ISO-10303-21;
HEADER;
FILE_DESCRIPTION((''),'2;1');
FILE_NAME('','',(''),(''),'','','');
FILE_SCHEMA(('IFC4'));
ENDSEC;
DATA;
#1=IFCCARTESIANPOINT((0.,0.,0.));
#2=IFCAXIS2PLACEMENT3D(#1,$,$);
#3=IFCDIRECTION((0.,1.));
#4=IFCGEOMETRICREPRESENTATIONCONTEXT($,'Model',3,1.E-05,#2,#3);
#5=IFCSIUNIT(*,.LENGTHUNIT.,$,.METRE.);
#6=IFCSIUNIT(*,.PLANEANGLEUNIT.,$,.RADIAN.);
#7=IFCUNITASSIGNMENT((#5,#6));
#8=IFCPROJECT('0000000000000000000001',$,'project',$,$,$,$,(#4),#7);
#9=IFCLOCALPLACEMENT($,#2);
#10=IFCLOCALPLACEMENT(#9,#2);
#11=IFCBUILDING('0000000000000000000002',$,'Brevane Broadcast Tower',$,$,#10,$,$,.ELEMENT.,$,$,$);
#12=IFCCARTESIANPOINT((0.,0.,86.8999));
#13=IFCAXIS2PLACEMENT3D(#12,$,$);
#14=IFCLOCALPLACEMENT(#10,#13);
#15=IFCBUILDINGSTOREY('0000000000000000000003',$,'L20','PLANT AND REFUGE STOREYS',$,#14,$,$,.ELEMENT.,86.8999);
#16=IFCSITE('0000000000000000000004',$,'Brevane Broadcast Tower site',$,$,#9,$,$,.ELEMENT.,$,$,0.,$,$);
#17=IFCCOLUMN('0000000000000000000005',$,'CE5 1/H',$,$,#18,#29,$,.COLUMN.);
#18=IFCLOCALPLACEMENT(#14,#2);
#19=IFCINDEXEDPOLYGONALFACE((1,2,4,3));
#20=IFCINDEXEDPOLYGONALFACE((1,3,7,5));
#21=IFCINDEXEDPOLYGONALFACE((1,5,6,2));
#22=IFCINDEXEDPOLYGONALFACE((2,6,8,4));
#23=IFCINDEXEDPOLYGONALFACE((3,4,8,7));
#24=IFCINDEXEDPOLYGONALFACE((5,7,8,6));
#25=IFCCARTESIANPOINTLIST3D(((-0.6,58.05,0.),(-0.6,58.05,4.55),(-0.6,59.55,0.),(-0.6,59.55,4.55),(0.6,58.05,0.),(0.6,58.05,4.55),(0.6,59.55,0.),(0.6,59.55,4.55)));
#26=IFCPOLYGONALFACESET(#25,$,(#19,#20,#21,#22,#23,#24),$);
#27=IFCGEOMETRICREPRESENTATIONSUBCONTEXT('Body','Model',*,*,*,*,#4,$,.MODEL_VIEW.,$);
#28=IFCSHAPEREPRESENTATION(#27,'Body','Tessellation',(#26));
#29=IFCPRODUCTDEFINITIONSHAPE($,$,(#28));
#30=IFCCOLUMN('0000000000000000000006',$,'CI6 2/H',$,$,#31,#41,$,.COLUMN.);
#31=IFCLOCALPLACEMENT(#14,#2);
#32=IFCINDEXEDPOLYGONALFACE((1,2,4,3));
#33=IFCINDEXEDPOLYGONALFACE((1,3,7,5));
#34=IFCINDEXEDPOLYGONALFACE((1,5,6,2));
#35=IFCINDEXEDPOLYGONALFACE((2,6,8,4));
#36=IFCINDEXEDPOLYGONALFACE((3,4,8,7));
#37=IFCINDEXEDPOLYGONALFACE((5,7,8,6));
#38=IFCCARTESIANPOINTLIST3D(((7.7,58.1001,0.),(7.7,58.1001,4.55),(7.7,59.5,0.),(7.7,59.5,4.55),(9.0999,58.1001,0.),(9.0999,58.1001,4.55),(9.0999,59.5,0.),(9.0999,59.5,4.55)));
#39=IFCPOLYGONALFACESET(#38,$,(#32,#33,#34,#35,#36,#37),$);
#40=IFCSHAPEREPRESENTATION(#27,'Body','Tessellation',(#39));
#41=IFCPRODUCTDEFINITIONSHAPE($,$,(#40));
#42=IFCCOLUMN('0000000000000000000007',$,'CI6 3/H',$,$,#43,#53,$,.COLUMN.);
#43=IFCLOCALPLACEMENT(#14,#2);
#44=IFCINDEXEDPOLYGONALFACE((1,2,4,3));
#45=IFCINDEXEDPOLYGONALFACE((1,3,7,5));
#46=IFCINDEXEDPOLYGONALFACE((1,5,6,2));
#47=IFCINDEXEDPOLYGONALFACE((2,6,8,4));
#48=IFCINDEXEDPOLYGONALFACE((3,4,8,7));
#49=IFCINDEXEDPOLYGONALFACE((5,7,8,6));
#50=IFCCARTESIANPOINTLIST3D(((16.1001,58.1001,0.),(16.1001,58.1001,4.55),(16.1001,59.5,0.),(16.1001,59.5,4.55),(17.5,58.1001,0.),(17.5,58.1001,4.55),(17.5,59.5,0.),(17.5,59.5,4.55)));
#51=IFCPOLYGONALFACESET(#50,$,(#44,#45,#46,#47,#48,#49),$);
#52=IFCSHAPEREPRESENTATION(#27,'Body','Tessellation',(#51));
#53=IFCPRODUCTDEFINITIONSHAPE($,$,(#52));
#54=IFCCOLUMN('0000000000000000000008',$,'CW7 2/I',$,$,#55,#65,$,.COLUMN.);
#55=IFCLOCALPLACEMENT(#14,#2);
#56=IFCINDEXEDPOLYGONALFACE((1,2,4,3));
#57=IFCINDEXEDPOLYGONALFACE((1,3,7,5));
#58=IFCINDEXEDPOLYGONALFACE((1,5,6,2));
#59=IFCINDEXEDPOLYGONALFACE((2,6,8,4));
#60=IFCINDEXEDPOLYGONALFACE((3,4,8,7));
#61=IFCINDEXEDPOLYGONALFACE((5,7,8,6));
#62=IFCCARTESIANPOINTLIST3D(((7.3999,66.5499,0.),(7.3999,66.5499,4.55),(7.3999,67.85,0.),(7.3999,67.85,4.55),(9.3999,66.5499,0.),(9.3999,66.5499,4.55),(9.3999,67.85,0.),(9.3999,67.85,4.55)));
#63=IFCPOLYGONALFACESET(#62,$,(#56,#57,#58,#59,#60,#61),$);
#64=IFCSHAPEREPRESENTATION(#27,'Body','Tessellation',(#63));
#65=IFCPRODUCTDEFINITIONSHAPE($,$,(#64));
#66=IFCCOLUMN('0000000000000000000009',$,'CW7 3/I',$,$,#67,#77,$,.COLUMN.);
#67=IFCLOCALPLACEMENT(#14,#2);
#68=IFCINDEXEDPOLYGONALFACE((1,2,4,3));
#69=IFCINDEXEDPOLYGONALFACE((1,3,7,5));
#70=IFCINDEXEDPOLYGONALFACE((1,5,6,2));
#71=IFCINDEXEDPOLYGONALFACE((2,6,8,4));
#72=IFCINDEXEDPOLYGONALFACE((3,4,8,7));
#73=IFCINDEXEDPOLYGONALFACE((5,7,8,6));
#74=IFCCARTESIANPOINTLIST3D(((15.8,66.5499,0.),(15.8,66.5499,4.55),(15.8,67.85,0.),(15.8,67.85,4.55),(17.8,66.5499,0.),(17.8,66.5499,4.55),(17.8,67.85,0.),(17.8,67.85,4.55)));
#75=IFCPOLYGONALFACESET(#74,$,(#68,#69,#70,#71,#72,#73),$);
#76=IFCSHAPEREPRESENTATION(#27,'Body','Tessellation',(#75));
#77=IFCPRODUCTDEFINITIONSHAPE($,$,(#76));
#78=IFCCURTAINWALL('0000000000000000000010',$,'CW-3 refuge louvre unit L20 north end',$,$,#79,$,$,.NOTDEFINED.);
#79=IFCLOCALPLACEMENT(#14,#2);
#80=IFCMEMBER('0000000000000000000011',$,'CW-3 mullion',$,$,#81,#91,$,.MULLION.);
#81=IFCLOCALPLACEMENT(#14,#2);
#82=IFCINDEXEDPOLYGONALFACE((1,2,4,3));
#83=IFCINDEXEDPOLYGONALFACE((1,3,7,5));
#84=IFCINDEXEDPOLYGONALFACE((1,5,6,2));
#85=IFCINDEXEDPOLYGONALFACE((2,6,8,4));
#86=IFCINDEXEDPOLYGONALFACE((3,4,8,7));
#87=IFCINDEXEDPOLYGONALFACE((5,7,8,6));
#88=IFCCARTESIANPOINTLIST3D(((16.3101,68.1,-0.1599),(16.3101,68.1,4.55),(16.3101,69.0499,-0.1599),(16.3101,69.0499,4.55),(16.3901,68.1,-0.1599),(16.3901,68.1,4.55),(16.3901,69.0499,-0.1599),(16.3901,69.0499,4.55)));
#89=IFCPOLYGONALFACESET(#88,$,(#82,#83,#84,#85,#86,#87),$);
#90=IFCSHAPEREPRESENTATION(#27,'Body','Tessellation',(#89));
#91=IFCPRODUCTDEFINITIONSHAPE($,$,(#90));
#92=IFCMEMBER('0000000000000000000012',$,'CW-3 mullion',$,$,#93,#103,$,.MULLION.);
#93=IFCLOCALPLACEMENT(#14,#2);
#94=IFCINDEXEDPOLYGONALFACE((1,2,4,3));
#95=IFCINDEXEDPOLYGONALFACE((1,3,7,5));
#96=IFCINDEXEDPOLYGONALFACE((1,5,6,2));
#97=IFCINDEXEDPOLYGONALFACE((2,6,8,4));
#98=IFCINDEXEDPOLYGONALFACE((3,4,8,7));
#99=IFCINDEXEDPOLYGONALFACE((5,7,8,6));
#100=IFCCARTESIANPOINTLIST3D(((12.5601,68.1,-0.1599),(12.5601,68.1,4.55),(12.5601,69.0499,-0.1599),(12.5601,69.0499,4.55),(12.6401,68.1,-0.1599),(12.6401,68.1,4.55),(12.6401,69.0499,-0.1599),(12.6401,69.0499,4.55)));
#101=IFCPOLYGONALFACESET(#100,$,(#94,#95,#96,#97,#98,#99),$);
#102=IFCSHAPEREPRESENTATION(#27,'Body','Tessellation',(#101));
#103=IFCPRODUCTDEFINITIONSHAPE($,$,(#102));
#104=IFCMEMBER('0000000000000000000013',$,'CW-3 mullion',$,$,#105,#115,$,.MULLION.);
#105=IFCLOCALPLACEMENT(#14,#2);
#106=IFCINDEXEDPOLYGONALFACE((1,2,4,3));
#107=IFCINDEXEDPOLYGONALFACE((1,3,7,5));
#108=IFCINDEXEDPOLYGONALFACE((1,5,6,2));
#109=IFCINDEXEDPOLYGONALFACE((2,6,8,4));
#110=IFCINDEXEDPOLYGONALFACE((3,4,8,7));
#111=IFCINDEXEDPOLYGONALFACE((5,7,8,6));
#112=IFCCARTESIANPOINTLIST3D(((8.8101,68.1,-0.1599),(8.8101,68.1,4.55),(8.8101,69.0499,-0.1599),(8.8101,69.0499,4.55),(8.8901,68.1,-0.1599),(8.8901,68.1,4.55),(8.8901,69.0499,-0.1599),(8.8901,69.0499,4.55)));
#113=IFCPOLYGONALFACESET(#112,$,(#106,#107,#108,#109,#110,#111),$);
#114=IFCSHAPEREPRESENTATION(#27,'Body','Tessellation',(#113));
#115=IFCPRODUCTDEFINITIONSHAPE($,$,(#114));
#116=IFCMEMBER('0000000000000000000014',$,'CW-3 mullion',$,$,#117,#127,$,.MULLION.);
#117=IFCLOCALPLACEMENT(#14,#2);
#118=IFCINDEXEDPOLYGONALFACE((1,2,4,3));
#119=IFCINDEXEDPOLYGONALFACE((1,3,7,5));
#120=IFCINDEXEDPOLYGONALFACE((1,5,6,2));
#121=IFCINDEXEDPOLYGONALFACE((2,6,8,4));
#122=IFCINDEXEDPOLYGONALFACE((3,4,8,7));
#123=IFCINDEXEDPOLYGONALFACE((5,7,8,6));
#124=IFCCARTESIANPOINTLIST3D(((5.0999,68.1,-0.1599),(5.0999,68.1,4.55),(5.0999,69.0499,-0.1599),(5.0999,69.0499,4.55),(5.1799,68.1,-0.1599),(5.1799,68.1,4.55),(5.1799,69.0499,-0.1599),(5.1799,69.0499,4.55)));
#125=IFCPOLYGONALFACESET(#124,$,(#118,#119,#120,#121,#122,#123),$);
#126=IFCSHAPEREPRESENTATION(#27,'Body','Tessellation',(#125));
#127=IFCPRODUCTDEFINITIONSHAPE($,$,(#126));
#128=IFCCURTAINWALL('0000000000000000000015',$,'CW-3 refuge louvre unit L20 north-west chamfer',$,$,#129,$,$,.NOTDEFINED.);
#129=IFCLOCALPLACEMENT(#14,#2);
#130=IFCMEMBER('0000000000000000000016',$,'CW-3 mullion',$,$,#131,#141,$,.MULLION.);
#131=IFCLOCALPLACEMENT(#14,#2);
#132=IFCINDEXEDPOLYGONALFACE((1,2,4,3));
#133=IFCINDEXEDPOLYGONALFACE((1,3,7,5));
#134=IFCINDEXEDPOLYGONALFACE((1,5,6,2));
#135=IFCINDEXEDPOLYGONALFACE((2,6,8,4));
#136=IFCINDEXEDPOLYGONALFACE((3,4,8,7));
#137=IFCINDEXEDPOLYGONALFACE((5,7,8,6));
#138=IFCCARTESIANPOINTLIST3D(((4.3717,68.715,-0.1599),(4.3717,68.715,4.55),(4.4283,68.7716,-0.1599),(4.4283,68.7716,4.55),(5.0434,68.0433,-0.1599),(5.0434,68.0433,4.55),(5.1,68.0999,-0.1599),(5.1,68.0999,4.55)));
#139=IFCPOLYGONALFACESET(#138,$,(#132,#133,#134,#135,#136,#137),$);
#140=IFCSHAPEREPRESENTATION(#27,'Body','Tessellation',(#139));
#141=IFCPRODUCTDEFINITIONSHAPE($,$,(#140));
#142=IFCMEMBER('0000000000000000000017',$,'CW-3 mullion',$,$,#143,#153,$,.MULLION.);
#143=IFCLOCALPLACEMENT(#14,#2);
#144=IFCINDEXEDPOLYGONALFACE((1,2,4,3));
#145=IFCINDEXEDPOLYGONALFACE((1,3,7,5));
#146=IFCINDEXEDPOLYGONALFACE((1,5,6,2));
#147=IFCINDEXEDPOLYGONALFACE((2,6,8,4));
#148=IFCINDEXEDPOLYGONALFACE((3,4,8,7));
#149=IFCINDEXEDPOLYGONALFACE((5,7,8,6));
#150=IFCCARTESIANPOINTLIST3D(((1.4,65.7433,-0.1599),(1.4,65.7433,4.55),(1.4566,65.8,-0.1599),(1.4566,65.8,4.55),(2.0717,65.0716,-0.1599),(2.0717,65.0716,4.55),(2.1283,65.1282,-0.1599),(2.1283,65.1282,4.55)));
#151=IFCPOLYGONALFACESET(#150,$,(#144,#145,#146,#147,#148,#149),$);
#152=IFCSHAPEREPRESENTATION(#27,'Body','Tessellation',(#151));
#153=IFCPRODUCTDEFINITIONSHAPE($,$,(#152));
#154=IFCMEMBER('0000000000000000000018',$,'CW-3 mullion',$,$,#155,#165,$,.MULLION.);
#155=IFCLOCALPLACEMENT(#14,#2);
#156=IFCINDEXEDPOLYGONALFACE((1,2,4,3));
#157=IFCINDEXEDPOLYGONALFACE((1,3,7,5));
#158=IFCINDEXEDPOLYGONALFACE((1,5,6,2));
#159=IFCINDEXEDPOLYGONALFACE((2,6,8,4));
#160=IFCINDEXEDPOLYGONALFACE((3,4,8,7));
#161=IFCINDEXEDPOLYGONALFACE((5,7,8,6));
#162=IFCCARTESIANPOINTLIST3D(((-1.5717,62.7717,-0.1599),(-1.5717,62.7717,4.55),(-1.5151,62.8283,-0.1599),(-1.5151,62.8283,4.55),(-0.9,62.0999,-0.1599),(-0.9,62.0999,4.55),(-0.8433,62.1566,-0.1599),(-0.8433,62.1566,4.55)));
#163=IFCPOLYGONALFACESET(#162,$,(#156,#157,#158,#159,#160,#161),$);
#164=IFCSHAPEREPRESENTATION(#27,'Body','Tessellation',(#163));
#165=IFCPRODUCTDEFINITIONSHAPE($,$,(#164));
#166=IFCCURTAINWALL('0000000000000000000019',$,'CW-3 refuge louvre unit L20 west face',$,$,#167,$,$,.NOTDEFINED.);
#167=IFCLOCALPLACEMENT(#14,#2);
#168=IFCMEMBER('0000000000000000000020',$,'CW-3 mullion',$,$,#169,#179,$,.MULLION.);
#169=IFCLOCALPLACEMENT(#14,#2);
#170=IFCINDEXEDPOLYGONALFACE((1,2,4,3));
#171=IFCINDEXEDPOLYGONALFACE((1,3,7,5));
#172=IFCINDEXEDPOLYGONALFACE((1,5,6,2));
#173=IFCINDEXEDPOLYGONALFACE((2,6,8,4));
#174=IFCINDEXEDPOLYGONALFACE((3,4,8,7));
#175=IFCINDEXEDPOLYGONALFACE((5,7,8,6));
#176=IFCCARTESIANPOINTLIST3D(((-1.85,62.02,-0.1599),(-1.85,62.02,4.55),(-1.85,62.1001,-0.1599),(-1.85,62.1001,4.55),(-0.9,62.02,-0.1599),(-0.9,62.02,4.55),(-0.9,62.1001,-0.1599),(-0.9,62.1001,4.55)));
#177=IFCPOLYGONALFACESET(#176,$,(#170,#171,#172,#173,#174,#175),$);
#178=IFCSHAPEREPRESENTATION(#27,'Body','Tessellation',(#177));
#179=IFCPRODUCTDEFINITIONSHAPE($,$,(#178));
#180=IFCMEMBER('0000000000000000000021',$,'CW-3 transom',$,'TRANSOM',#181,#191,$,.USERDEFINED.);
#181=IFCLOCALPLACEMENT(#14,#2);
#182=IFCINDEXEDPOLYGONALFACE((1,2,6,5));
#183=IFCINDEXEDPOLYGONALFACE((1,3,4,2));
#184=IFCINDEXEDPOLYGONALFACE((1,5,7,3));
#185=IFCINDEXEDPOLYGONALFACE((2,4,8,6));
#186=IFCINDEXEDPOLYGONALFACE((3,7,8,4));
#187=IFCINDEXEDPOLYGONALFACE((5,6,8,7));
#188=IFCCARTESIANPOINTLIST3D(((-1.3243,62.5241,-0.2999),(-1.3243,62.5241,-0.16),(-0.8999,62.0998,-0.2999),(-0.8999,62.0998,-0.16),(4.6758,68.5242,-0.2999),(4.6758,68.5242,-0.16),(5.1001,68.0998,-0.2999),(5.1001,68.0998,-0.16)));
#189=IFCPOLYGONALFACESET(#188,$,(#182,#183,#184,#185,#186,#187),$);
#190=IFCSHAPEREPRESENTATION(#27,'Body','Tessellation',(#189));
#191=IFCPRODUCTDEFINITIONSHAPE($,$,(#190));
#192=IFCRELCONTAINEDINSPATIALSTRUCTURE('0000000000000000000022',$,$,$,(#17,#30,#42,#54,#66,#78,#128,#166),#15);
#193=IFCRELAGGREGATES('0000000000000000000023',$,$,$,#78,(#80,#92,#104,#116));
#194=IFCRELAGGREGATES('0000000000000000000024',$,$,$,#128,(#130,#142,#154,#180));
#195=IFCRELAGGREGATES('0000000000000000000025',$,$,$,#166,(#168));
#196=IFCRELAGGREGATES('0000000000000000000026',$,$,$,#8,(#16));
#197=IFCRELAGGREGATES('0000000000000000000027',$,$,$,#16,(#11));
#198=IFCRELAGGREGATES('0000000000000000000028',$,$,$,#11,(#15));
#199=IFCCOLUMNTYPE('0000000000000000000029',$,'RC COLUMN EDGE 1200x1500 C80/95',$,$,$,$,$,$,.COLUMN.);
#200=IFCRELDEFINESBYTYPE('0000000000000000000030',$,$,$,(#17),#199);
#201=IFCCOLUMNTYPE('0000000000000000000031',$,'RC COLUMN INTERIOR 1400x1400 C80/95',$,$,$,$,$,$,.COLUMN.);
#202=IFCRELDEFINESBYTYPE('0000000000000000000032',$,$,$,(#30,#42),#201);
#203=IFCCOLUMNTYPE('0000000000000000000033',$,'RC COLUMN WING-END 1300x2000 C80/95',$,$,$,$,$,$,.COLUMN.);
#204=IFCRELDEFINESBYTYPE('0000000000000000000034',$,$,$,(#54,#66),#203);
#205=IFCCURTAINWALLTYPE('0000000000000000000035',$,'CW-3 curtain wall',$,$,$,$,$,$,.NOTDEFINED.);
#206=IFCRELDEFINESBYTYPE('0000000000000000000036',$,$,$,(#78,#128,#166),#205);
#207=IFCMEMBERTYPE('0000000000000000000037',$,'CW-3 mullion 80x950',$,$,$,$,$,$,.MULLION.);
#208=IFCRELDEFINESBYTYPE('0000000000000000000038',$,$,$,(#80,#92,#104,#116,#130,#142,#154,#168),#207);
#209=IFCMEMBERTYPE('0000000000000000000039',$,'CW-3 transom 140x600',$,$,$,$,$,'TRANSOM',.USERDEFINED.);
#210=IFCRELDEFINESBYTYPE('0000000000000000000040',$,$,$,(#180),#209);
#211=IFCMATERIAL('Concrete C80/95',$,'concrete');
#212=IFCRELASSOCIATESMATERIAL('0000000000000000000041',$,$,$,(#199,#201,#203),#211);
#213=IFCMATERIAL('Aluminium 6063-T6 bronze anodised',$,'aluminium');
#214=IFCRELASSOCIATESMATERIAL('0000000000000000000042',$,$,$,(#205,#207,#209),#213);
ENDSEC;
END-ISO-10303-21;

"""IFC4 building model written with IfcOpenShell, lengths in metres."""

from ifc_helpers import new_model, si_unit, direction, frame, origin, origin_2d, place, context, subcontext, project, spatial, rectangle, extrude, material, material_profile, profile_set, type_object, element, aggregate, save


model = new_model("IFC4")

# Units and contexts
model_context = context("Model", 3, precision=1e-05, world=origin(), true_north=direction((0.0, 1.0)))
body_context = subcontext(model_context, "Body", "Model", "MODEL_VIEW")
ifc_project = project(units=[si_unit("LENGTHUNIT", "METRE"), si_unit("PLANEANGLEUNIT", "RADIAN")], contexts=[model_context])

# Site, building, storey
site_placement = place(None, origin())
site = spatial("IfcSite", under=ifc_project, at=site_placement, Name="Brevane Broadcast Tower site", CompositionType="ELEMENT", RefElevation=0.0)
building_placement = place(site_placement, origin())
building = spatial("IfcBuilding", under=site, at=building_placement, Name="Brevane Broadcast Tower", CompositionType="ELEMENT")
storey_placement = place(building_placement, frame((0.0, 0.0, 86.8999)))
storey = spatial("IfcBuildingStorey", under=building, at=storey_placement, Name="L20", Description="PLANT AND REFUGE STOREYS", CompositionType="ELEMENT", Elevation=86.8999)

# Columns
ifc_material_1 = material(Name="Concrete C80/95", Category="concrete")
ifc_material_profile_1 = material_profile(ifc_material_1, rectangle(XDim=1.2, YDim=1.5, at=origin_2d()), Name="RC 1200x1500")
ifc_profile_set_1 = profile_set([ifc_material_profile_1], Name="Concrete C80/95")
column_type_1 = type_object("IfcColumnType", Name="RC COLUMN EDGE 1200x1500 C80/95", PredefinedType="COLUMN", material=ifc_profile_set_1)
column_placement = place(storey_placement, frame((0.0, 58.8, 0.0), z_axis=(0.0, 0.0, 1.0), x_axis=(1.0, 0.0, 0.0)))
element("IfcColumn", 1, at=column_placement, inside=storey, type_object=column_type_1, Name="CE5 1/H", PredefinedType="COLUMN", context=body_context, shape_type="SweptSolid", body=[
    extrude(rectangle(XDim=1.2, YDim=1.5, at=origin_2d()), origin(), (0.0, 0.0, 1.0), 4.55),
])
ifc_material_profile_2 = material_profile(ifc_material_1, rectangle(XDim=1.3999, YDim=1.3999, at=origin_2d()), Name="RC 1400x1400")
ifc_profile_set_2 = profile_set([ifc_material_profile_2], Name="Concrete C80/95")
column_type_2 = type_object("IfcColumnType", Name="RC COLUMN INTERIOR 1400x1400 C80/95", PredefinedType="COLUMN", material=ifc_profile_set_2)
for number, where, z_axis, x_axis, name in (
    (2, (8.3999, 58.8, 0.0), (0.0, 0.0, 1.0), (1.0, 0.0, 0.0), "CI6 2/H"),
    (3, (16.8, 58.8, 0.0), (0.0, 0.0, 1.0), (1.0, 0.0, 0.0), "CI6 3/H"),
):
    element("IfcColumn", number, at=place(storey_placement, frame(where, z_axis=z_axis, x_axis=x_axis)), inside=storey, type_object=column_type_2, Name=name, PredefinedType="COLUMN", context=body_context, shape_type="SweptSolid", body=[
        extrude(rectangle(XDim=1.3999, YDim=1.3999, at=origin_2d()), origin(), (0.0, 0.0, 1.0), 4.55),
    ])
ifc_material_profile_3 = material_profile(ifc_material_1, rectangle(XDim=1.3, YDim=2.0, at=origin_2d()), Name="RC 1300x2000")
ifc_profile_set_3 = profile_set([ifc_material_profile_3], Name="Concrete C80/95")
column_type_3 = type_object("IfcColumnType", Name="RC COLUMN WING-END 1300x2000 C80/95", PredefinedType="COLUMN", material=ifc_profile_set_3)
for number, where, z_axis, x_axis, name in (
    (4, (8.3999, 67.2, 0.0), (0.0, 0.0, 1.0), (0.0, 1.0, 0.0), "CW7 2/I"),
    (5, (16.8, 67.2, 0.0), (0.0, 0.0, 1.0), (0.0, 1.0, 0.0), "CW7 3/I"),
):
    element("IfcColumn", number, at=place(storey_placement, frame(where, z_axis=z_axis, x_axis=x_axis)), inside=storey, type_object=column_type_3, Name=name, PredefinedType="COLUMN", context=body_context, shape_type="SweptSolid", body=[
        extrude(rectangle(XDim=1.3, YDim=2.0, at=origin_2d()), origin(), (0.0, 0.0, 1.0), 4.55),
    ])

# Curtain walls, members
ifc_material_2 = material(Name="Aluminium 6063-T6 bronze anodised", Category="aluminium")
curtain_wall_type = type_object("IfcCurtainWallType", Name="CW-3 curtain wall", PredefinedType="NOTDEFINED", material=ifc_material_2)
curtain_wall_1_placement = place(storey_placement, origin())
curtain_wall_1 = element("IfcCurtainWall", 6, at=curtain_wall_1_placement, inside=storey, type_object=curtain_wall_type, Name="CW-3 refuge louvre unit L20 north end", PredefinedType="NOTDEFINED")
ifc_material_profile_4 = material_profile(ifc_material_2, rectangle(XDim=0.95, YDim=0.0801, at=origin_2d()), Name="RECT 80x950")
ifc_profile_set_4 = profile_set([ifc_material_profile_4], Name="Aluminium 6063-T6 bronze anodised")
member_type_1 = type_object("IfcMemberType", Name="CW-3 mullion 80x950", PredefinedType="MULLION", material=ifc_profile_set_4)
member_1_placement = place(storey_placement, frame((16.3501, 68.575, -0.1599), z_axis=(0.0, 0.0, 1.0), x_axis=(0.0, -1.0, 0.0)))
member_1 = element("IfcMember", 7, at=member_1_placement, type_object=member_type_1, Name="CW-3 mullion", PredefinedType="MULLION", context=body_context, shape_type="SweptSolid", body=[
    extrude(rectangle(XDim=0.95, YDim=0.0801, at=origin_2d()), origin(), (0.0, 0.0, 1.0), 4.71),
])
member_2_placement = place(storey_placement, frame((12.6001, 68.575, -0.1599), z_axis=(0.0, 0.0, 1.0), x_axis=(0.0, -1.0, 0.0)))
member_2 = element("IfcMember", 8, at=member_2_placement, type_object=member_type_1, Name="CW-3 mullion", PredefinedType="MULLION", context=body_context, shape_type="SweptSolid", body=[
    extrude(rectangle(XDim=0.95, YDim=0.0801, at=origin_2d()), origin(), (0.0, 0.0, 1.0), 4.71),
])
member_3_placement = place(storey_placement, frame((8.8501, 68.575, -0.1599), z_axis=(0.0, 0.0, 1.0), x_axis=(0.0, -1.0, 0.0)))
member_3 = element("IfcMember", 9, at=member_3_placement, type_object=member_type_1, Name="CW-3 mullion", PredefinedType="MULLION", context=body_context, shape_type="SweptSolid", body=[
    extrude(rectangle(XDim=0.95, YDim=0.0801, at=origin_2d()), origin(), (0.0, 0.0, 1.0), 4.71),
])
member_4_placement = place(storey_placement, frame((5.1399, 68.575, -0.1599), z_axis=(0.0, 0.0, 1.0), x_axis=(0.0, -1.0, 0.0)))
member_4 = element("IfcMember", 10, at=member_4_placement, type_object=member_type_1, Name="CW-3 mullion", PredefinedType="MULLION", context=body_context, shape_type="SweptSolid", body=[
    extrude(rectangle(XDim=0.95, YDim=0.0801, at=origin_2d()), origin(), (0.0, 0.0, 1.0), 4.71),
])
aggregate(curtain_wall_1, [member_1, member_2, member_3, member_4])
curtain_wall_2_placement = place(storey_placement, origin())
curtain_wall_2 = element("IfcCurtainWall", 11, at=curtain_wall_2_placement, inside=storey, type_object=curtain_wall_type, Name="CW-3 refuge louvre unit L20 north-west chamfer", PredefinedType="NOTDEFINED")
member_5_placement = place(storey_placement, frame((4.7358, 68.4075, -0.1599), z_axis=(0.0, 0.0, 1.0), x_axis=(0.707107, -0.707107, 0.0)))
member_5 = element("IfcMember", 12, at=member_5_placement, type_object=member_type_1, Name="CW-3 mullion", PredefinedType="MULLION", context=body_context, shape_type="SweptSolid", body=[
    extrude(rectangle(XDim=0.95, YDim=0.0801, at=origin_2d()), origin(), (0.0, 0.0, 1.0), 4.71),
])
member_6_placement = place(storey_placement, frame((1.7642, 65.4358, -0.1599), z_axis=(0.0, 0.0, 1.0), x_axis=(0.707107, -0.707107, 0.0)))
member_6 = element("IfcMember", 13, at=member_6_placement, type_object=member_type_1, Name="CW-3 mullion", PredefinedType="MULLION", context=body_context, shape_type="SweptSolid", body=[
    extrude(rectangle(XDim=0.95, YDim=0.0801, at=origin_2d()), origin(), (0.0, 0.0, 1.0), 4.71),
])
member_7_placement = place(storey_placement, frame((-1.2075, 62.4641, -0.1599), z_axis=(0.0, 0.0, 1.0), x_axis=(0.707107, -0.707107, 0.0)))
member_7 = element("IfcMember", 14, at=member_7_placement, type_object=member_type_1, Name="CW-3 mullion", PredefinedType="MULLION", context=body_context, shape_type="SweptSolid", body=[
    extrude(rectangle(XDim=0.95, YDim=0.0801, at=origin_2d()), origin(), (0.0, 0.0, 1.0), 4.71),
])

# Curtain wall, member
curtain_wall_3_placement = place(storey_placement, origin())
curtain_wall_3 = element("IfcCurtainWall", 15, at=curtain_wall_3_placement, inside=storey, type_object=curtain_wall_type, Name="CW-3 refuge louvre unit L20 west face", PredefinedType="NOTDEFINED")
member_8_placement = place(storey_placement, frame((-1.375, 62.0601, -0.1599), z_axis=(0.0, 0.0, 1.0), x_axis=(1.0, 0.0, 0.0)))
member_8 = element("IfcMember", 16, at=member_8_placement, type_object=member_type_1, Name="CW-3 mullion", PredefinedType="MULLION", context=body_context, shape_type="SweptSolid", body=[
    extrude(rectangle(XDim=0.95, YDim=0.0801, at=origin_2d()), origin(), (0.0, 0.0, 1.0), 4.71),
])

# Member
ifc_material_profile_5 = material_profile(ifc_material_2, rectangle(XDim=0.6001, YDim=0.1399, at=origin_2d()), Name="RECT 140x600")
ifc_profile_set_5 = profile_set([ifc_material_profile_5], Name="Aluminium 6063-T6 bronze anodised")
member_type_2 = type_object("IfcMemberType", Name="CW-3 transom 140x600", ElementType="TRANSOM", PredefinedType="USERDEFINED", material=ifc_profile_set_5)
member_9_placement = place(storey_placement, frame((4.8879, 68.312, -0.23), z_axis=(-0.707107, -0.707107, 0.0), x_axis=(0.707107, -0.707107, 0.0)))
member_9 = element("IfcMember", 17, at=member_9_placement, type_object=member_type_2, Name="CW-3 transom", ObjectType="TRANSOM", PredefinedType="USERDEFINED", context=body_context, shape_type="SweptSolid", body=[
    extrude(rectangle(XDim=0.6001, YDim=0.1399, at=origin_2d()), origin(), (0.0, 0.0, 1.0), 8.4854),
])
aggregate(curtain_wall_2, [member_5, member_6, member_7, member_9])
aggregate(curtain_wall_3, [member_8])

save(model, "model.ifc")
